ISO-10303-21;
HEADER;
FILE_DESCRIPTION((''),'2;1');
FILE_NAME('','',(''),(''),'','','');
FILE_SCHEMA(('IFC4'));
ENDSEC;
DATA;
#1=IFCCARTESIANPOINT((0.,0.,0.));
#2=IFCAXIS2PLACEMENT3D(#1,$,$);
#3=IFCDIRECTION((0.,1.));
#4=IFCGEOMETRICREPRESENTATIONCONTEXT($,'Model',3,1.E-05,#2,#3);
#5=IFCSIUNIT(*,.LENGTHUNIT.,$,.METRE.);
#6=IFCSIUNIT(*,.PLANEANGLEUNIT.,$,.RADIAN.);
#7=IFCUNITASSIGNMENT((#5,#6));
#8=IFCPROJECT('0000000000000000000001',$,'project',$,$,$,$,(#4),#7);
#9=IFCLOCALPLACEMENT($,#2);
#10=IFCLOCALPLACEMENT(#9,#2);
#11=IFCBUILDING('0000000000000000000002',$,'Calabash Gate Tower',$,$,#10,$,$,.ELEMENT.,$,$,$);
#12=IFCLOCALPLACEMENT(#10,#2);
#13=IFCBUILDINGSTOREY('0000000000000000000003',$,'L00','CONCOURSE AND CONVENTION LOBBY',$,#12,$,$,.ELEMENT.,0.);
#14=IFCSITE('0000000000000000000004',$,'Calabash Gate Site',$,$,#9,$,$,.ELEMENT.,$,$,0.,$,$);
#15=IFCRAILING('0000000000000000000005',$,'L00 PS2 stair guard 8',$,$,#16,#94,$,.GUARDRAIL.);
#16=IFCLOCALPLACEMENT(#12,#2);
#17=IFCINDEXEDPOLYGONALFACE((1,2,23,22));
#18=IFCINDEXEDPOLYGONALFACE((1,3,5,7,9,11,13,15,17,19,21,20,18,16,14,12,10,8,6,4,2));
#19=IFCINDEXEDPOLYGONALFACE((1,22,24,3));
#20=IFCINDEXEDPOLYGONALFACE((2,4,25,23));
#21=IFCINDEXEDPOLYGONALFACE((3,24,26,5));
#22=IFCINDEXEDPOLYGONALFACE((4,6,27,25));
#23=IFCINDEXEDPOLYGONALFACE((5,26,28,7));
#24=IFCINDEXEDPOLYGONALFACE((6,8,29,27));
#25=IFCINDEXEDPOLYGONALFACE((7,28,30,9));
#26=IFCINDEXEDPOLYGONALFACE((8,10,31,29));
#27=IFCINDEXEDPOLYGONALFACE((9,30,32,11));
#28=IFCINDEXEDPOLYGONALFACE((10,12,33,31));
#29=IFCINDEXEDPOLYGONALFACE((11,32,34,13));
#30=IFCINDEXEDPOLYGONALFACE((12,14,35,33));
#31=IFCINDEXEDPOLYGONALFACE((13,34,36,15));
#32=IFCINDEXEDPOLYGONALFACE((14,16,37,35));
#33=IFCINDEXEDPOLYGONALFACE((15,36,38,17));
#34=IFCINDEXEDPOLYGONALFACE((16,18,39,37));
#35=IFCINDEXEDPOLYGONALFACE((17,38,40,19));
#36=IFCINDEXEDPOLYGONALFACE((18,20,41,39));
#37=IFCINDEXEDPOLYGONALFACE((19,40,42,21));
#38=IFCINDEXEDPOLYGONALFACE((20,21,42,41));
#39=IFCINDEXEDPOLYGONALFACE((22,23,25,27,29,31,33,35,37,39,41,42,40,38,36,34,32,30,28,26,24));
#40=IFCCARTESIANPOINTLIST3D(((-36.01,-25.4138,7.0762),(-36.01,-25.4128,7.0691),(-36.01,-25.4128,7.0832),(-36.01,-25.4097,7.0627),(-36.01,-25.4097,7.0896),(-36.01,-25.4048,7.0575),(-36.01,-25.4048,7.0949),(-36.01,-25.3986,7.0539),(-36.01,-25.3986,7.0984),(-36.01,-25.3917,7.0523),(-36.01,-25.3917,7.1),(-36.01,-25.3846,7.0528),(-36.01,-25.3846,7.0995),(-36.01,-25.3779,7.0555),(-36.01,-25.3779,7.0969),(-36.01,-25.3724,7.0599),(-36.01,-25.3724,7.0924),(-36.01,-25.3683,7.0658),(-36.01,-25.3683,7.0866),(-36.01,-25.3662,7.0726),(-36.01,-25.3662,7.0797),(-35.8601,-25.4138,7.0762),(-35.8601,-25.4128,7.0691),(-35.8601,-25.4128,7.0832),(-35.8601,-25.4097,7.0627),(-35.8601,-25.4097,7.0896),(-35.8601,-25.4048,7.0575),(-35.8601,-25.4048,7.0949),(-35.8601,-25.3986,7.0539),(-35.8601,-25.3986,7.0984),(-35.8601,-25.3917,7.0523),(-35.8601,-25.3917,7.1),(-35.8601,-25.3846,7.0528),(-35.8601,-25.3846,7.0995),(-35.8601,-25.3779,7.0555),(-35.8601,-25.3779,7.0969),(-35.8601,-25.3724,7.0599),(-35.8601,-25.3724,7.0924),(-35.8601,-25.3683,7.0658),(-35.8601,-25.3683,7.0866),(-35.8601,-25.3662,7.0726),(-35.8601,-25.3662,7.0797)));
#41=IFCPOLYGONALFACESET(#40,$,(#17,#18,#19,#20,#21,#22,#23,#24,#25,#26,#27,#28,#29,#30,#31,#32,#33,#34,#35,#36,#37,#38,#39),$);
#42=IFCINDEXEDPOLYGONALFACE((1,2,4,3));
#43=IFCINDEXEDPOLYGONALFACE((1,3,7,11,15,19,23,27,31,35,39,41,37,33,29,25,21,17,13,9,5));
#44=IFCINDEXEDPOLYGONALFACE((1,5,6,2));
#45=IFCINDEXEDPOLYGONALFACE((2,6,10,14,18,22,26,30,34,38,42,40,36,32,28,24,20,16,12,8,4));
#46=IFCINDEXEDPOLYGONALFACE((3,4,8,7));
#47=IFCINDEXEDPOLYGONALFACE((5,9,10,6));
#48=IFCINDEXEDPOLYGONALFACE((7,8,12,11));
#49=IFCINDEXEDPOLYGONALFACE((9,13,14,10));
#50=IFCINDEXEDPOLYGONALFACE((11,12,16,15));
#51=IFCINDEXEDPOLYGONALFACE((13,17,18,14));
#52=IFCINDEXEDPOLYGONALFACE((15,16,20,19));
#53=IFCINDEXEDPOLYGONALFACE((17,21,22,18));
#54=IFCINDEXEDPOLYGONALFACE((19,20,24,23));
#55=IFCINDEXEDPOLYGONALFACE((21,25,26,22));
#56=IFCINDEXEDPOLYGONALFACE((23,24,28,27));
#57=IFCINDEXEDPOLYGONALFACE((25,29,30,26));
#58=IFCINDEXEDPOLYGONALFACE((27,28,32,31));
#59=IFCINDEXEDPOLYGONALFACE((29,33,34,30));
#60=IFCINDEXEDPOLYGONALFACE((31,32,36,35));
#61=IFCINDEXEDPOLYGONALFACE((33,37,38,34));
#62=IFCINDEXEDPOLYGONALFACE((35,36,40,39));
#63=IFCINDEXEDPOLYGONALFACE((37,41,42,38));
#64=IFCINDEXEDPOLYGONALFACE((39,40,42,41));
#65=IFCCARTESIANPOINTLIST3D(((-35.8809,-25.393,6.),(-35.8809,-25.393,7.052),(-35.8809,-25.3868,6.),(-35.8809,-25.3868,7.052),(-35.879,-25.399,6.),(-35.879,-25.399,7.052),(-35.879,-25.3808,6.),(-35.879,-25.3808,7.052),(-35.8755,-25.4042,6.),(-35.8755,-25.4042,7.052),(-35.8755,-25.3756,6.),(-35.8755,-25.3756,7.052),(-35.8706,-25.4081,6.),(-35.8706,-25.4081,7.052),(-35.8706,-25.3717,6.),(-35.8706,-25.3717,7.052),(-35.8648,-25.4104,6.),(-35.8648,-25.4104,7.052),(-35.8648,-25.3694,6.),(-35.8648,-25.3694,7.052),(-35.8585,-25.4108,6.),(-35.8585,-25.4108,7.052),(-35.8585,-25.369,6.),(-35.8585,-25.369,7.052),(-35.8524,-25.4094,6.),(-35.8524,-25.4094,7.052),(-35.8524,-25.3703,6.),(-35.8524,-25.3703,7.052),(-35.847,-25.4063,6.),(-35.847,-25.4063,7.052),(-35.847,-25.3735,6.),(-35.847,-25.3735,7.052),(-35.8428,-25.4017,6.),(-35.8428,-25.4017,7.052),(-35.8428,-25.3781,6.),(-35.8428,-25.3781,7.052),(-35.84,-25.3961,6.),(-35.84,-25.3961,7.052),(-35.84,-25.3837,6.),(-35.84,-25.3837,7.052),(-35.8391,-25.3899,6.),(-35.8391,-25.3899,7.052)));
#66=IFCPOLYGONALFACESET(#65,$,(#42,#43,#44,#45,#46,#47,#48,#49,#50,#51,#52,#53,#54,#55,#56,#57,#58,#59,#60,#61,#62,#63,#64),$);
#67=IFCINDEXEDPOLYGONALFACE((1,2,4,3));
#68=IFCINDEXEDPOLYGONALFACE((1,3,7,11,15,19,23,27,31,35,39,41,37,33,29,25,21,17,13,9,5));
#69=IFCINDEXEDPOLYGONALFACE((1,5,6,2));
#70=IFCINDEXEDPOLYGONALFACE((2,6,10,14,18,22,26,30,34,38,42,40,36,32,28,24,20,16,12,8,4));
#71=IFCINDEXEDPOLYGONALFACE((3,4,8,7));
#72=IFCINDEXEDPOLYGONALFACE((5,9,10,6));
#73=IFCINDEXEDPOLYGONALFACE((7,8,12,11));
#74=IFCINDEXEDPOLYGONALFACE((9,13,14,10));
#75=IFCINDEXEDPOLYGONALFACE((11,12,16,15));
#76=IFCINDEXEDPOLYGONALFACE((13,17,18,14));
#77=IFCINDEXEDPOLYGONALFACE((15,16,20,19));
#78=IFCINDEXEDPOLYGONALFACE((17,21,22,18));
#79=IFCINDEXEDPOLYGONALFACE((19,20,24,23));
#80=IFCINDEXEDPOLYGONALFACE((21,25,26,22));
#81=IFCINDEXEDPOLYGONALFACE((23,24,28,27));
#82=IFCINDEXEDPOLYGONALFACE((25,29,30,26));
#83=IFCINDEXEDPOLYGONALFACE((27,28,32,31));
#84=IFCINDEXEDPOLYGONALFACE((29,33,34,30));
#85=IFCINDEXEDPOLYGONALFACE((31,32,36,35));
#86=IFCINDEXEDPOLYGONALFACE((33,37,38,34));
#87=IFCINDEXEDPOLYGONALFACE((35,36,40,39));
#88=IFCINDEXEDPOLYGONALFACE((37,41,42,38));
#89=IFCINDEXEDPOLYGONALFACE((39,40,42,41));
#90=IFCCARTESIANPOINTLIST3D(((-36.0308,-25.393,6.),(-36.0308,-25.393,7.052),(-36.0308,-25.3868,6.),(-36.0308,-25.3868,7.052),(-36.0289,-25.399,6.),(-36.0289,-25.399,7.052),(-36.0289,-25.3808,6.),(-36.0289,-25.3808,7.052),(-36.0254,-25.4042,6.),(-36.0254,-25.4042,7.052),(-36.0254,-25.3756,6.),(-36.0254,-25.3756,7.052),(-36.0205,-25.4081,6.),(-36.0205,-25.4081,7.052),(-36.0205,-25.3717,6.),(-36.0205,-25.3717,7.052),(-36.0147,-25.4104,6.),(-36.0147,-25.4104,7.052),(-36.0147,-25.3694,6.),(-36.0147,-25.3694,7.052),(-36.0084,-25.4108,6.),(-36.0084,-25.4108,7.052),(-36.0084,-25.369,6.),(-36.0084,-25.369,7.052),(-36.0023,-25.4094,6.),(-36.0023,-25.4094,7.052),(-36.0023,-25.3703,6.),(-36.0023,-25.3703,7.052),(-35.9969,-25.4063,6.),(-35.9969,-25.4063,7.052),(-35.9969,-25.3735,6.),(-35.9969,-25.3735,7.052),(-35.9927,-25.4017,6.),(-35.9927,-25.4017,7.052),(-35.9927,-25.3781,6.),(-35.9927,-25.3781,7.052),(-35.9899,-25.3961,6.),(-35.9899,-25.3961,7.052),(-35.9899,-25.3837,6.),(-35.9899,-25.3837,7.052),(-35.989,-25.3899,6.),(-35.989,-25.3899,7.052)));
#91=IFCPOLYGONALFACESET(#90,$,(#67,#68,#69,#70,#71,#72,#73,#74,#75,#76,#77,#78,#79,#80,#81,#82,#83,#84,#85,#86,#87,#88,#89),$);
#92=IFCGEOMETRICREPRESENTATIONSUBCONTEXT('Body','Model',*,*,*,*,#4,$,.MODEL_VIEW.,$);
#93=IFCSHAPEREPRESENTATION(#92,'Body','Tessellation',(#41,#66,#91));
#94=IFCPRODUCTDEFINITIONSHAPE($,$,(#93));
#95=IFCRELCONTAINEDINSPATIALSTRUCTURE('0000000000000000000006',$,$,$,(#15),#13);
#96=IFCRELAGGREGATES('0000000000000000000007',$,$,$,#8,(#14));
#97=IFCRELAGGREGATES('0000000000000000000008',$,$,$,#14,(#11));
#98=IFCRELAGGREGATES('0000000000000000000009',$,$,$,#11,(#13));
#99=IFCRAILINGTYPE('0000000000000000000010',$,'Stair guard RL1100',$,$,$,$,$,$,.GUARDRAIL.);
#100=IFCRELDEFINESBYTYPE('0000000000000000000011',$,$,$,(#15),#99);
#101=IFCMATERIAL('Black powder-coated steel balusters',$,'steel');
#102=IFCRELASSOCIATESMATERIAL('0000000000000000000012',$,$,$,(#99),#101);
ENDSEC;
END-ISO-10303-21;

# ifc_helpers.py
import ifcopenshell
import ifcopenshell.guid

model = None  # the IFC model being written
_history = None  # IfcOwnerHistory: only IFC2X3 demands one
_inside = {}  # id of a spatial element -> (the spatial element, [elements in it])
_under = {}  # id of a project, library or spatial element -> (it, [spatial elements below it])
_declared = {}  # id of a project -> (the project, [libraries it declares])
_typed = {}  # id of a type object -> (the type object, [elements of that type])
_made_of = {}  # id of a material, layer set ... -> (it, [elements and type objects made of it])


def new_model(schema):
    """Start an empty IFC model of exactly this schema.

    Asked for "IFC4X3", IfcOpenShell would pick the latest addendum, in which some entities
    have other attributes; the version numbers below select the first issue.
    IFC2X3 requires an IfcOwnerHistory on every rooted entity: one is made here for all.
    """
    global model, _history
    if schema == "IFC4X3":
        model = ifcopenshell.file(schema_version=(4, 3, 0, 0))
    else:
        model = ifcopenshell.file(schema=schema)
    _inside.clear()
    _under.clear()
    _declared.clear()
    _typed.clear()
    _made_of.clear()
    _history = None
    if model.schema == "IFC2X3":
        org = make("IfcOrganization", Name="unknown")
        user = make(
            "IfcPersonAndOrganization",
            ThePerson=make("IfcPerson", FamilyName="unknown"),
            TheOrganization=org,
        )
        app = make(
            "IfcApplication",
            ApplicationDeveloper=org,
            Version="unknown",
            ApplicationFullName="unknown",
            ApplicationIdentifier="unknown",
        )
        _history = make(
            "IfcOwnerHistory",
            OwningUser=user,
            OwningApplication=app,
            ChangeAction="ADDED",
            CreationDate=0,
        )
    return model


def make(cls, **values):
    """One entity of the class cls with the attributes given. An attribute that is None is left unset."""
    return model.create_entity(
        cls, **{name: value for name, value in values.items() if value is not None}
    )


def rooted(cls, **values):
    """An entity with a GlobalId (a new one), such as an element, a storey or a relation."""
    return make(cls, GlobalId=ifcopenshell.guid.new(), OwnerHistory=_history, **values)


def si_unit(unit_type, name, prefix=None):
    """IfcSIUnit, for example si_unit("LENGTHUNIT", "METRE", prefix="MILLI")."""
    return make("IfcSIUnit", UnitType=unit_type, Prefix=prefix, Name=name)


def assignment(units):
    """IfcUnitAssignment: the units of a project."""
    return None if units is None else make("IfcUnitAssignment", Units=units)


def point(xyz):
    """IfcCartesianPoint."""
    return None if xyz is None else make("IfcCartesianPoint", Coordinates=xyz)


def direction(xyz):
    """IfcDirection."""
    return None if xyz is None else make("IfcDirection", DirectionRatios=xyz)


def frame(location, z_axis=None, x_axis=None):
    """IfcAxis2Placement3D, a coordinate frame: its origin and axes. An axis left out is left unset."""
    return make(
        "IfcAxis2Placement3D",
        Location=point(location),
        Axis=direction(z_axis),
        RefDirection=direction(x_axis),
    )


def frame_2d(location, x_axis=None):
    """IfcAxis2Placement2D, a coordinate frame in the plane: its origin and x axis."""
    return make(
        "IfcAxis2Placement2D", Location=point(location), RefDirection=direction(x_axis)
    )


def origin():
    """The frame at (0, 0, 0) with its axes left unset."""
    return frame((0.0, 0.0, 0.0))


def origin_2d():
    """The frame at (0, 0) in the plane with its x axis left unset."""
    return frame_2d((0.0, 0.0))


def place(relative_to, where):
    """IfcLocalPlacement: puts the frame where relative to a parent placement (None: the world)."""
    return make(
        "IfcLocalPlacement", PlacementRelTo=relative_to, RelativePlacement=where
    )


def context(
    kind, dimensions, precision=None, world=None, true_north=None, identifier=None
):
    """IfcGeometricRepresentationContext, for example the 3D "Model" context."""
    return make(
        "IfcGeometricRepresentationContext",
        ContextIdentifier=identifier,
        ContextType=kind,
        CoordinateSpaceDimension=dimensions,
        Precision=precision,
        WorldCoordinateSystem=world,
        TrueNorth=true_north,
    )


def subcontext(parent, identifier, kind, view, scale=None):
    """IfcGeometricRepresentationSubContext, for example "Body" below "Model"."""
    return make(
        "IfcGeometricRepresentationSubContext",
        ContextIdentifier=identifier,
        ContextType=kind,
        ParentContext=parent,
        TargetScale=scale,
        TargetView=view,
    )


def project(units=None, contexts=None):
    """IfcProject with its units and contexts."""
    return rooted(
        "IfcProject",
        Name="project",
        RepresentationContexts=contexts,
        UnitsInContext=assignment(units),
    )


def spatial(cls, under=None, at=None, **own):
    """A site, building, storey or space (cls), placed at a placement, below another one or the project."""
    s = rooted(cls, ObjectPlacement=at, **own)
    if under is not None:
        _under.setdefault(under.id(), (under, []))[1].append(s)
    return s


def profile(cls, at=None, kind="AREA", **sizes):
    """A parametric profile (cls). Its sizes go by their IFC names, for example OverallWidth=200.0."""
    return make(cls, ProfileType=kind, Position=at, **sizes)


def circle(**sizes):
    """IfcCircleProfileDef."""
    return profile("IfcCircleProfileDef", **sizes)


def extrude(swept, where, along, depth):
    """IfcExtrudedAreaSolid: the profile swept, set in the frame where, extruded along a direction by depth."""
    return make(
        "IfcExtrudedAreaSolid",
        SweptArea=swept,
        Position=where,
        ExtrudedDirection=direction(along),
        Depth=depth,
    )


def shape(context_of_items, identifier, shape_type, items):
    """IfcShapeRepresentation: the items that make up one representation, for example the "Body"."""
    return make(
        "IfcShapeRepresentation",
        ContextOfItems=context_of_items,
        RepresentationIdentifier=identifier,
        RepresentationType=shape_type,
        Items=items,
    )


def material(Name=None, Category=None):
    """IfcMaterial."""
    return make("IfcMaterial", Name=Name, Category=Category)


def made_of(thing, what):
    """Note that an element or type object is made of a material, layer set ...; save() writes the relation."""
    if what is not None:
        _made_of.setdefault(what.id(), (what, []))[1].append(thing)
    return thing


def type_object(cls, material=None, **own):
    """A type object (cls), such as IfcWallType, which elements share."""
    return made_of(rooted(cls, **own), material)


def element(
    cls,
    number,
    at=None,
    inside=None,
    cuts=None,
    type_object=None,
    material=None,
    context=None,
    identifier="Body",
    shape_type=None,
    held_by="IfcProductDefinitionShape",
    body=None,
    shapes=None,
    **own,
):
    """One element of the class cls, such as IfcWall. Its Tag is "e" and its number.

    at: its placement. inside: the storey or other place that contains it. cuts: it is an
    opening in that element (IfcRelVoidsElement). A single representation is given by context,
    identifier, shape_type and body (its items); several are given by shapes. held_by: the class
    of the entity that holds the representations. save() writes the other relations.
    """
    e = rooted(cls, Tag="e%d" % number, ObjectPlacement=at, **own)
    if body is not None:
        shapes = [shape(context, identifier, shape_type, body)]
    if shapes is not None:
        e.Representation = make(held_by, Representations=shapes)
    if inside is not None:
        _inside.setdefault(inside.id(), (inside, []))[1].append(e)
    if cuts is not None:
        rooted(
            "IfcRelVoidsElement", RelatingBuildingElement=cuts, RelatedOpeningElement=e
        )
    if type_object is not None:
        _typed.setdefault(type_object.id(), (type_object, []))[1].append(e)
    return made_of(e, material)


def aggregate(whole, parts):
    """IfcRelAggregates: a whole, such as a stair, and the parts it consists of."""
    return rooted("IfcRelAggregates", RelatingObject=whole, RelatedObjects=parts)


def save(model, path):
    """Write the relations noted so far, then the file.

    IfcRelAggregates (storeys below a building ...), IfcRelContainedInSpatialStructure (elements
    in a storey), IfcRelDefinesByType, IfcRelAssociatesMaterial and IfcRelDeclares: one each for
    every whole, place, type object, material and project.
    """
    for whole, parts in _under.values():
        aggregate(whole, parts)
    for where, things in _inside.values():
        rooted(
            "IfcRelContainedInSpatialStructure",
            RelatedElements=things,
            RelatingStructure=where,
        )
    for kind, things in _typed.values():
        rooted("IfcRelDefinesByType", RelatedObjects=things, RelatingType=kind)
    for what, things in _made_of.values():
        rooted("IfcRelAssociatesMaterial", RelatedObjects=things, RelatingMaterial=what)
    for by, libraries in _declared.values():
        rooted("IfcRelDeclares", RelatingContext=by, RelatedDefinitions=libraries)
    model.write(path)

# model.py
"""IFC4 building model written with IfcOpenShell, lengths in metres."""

from ifc_helpers import new_model, si_unit, direction, frame, origin, origin_2d, place, context, subcontext, project, spatial, circle, extrude, material, type_object, element, save


model = new_model("IFC4")

# Units and contexts
model_context = context("Model", 3, precision=1e-05, world=origin(), true_north=direction((0.0, 1.0)))
body_context = subcontext(model_context, "Body", "Model", "MODEL_VIEW")
ifc_project = project(units=[si_unit("LENGTHUNIT", "METRE"), si_unit("PLANEANGLEUNIT", "RADIAN")], contexts=[model_context])

# Site, building, storey
site_placement = place(None, origin())
site = spatial("IfcSite", under=ifc_project, at=site_placement, Name="Calabash Gate Site", CompositionType="ELEMENT", RefElevation=0.0)
building_placement = place(site_placement, origin())
building = spatial("IfcBuilding", under=site, at=building_placement, Name="Calabash Gate Tower", CompositionType="ELEMENT")
storey_placement = place(building_placement, origin())
storey = spatial("IfcBuildingStorey", under=building, at=storey_placement, Name="L00", Description="CONCOURSE AND CONVENTION LOBBY", CompositionType="ELEMENT", Elevation=0.0)

# Railing
ifc_material_1 = material(Name="Black powder-coated steel balusters", Category="steel")
railing_type_1 = type_object("IfcRailingType", Name="Stair guard RL1100", PredefinedType="GUARDRAIL", material=ifc_material_1)
railing_1_placement = place(storey_placement, frame((-35.8601, -25.3899, 6.0)))
element("IfcRailing", 1, at=railing_1_placement, inside=storey, type_object=railing_type_1, Name="L00 PS2 stair guard 8", PredefinedType="GUARDRAIL", context=body_context, shape_type="SweptSolid", body=[
    extrude(circle(Radius=0.0239, at=origin_2d()), frame((0.0, 0.0, 1.0762), z_axis=(-1.0, 0.0, 0.0), x_axis=(0.0, -1.0, 0.0)), (0.0, 0.0, 1.0), 0.1499),
    extrude(circle(Radius=0.021, at=origin_2d()), origin(), (0.0, 0.0, 1.0), 1.052),
    extrude(circle(Radius=0.021, at=origin_2d()), frame((-0.1499, 0.0, 0.0)), (0.0, 0.0, 1.0), 1.052),
])

save(model, "model.ifc")
